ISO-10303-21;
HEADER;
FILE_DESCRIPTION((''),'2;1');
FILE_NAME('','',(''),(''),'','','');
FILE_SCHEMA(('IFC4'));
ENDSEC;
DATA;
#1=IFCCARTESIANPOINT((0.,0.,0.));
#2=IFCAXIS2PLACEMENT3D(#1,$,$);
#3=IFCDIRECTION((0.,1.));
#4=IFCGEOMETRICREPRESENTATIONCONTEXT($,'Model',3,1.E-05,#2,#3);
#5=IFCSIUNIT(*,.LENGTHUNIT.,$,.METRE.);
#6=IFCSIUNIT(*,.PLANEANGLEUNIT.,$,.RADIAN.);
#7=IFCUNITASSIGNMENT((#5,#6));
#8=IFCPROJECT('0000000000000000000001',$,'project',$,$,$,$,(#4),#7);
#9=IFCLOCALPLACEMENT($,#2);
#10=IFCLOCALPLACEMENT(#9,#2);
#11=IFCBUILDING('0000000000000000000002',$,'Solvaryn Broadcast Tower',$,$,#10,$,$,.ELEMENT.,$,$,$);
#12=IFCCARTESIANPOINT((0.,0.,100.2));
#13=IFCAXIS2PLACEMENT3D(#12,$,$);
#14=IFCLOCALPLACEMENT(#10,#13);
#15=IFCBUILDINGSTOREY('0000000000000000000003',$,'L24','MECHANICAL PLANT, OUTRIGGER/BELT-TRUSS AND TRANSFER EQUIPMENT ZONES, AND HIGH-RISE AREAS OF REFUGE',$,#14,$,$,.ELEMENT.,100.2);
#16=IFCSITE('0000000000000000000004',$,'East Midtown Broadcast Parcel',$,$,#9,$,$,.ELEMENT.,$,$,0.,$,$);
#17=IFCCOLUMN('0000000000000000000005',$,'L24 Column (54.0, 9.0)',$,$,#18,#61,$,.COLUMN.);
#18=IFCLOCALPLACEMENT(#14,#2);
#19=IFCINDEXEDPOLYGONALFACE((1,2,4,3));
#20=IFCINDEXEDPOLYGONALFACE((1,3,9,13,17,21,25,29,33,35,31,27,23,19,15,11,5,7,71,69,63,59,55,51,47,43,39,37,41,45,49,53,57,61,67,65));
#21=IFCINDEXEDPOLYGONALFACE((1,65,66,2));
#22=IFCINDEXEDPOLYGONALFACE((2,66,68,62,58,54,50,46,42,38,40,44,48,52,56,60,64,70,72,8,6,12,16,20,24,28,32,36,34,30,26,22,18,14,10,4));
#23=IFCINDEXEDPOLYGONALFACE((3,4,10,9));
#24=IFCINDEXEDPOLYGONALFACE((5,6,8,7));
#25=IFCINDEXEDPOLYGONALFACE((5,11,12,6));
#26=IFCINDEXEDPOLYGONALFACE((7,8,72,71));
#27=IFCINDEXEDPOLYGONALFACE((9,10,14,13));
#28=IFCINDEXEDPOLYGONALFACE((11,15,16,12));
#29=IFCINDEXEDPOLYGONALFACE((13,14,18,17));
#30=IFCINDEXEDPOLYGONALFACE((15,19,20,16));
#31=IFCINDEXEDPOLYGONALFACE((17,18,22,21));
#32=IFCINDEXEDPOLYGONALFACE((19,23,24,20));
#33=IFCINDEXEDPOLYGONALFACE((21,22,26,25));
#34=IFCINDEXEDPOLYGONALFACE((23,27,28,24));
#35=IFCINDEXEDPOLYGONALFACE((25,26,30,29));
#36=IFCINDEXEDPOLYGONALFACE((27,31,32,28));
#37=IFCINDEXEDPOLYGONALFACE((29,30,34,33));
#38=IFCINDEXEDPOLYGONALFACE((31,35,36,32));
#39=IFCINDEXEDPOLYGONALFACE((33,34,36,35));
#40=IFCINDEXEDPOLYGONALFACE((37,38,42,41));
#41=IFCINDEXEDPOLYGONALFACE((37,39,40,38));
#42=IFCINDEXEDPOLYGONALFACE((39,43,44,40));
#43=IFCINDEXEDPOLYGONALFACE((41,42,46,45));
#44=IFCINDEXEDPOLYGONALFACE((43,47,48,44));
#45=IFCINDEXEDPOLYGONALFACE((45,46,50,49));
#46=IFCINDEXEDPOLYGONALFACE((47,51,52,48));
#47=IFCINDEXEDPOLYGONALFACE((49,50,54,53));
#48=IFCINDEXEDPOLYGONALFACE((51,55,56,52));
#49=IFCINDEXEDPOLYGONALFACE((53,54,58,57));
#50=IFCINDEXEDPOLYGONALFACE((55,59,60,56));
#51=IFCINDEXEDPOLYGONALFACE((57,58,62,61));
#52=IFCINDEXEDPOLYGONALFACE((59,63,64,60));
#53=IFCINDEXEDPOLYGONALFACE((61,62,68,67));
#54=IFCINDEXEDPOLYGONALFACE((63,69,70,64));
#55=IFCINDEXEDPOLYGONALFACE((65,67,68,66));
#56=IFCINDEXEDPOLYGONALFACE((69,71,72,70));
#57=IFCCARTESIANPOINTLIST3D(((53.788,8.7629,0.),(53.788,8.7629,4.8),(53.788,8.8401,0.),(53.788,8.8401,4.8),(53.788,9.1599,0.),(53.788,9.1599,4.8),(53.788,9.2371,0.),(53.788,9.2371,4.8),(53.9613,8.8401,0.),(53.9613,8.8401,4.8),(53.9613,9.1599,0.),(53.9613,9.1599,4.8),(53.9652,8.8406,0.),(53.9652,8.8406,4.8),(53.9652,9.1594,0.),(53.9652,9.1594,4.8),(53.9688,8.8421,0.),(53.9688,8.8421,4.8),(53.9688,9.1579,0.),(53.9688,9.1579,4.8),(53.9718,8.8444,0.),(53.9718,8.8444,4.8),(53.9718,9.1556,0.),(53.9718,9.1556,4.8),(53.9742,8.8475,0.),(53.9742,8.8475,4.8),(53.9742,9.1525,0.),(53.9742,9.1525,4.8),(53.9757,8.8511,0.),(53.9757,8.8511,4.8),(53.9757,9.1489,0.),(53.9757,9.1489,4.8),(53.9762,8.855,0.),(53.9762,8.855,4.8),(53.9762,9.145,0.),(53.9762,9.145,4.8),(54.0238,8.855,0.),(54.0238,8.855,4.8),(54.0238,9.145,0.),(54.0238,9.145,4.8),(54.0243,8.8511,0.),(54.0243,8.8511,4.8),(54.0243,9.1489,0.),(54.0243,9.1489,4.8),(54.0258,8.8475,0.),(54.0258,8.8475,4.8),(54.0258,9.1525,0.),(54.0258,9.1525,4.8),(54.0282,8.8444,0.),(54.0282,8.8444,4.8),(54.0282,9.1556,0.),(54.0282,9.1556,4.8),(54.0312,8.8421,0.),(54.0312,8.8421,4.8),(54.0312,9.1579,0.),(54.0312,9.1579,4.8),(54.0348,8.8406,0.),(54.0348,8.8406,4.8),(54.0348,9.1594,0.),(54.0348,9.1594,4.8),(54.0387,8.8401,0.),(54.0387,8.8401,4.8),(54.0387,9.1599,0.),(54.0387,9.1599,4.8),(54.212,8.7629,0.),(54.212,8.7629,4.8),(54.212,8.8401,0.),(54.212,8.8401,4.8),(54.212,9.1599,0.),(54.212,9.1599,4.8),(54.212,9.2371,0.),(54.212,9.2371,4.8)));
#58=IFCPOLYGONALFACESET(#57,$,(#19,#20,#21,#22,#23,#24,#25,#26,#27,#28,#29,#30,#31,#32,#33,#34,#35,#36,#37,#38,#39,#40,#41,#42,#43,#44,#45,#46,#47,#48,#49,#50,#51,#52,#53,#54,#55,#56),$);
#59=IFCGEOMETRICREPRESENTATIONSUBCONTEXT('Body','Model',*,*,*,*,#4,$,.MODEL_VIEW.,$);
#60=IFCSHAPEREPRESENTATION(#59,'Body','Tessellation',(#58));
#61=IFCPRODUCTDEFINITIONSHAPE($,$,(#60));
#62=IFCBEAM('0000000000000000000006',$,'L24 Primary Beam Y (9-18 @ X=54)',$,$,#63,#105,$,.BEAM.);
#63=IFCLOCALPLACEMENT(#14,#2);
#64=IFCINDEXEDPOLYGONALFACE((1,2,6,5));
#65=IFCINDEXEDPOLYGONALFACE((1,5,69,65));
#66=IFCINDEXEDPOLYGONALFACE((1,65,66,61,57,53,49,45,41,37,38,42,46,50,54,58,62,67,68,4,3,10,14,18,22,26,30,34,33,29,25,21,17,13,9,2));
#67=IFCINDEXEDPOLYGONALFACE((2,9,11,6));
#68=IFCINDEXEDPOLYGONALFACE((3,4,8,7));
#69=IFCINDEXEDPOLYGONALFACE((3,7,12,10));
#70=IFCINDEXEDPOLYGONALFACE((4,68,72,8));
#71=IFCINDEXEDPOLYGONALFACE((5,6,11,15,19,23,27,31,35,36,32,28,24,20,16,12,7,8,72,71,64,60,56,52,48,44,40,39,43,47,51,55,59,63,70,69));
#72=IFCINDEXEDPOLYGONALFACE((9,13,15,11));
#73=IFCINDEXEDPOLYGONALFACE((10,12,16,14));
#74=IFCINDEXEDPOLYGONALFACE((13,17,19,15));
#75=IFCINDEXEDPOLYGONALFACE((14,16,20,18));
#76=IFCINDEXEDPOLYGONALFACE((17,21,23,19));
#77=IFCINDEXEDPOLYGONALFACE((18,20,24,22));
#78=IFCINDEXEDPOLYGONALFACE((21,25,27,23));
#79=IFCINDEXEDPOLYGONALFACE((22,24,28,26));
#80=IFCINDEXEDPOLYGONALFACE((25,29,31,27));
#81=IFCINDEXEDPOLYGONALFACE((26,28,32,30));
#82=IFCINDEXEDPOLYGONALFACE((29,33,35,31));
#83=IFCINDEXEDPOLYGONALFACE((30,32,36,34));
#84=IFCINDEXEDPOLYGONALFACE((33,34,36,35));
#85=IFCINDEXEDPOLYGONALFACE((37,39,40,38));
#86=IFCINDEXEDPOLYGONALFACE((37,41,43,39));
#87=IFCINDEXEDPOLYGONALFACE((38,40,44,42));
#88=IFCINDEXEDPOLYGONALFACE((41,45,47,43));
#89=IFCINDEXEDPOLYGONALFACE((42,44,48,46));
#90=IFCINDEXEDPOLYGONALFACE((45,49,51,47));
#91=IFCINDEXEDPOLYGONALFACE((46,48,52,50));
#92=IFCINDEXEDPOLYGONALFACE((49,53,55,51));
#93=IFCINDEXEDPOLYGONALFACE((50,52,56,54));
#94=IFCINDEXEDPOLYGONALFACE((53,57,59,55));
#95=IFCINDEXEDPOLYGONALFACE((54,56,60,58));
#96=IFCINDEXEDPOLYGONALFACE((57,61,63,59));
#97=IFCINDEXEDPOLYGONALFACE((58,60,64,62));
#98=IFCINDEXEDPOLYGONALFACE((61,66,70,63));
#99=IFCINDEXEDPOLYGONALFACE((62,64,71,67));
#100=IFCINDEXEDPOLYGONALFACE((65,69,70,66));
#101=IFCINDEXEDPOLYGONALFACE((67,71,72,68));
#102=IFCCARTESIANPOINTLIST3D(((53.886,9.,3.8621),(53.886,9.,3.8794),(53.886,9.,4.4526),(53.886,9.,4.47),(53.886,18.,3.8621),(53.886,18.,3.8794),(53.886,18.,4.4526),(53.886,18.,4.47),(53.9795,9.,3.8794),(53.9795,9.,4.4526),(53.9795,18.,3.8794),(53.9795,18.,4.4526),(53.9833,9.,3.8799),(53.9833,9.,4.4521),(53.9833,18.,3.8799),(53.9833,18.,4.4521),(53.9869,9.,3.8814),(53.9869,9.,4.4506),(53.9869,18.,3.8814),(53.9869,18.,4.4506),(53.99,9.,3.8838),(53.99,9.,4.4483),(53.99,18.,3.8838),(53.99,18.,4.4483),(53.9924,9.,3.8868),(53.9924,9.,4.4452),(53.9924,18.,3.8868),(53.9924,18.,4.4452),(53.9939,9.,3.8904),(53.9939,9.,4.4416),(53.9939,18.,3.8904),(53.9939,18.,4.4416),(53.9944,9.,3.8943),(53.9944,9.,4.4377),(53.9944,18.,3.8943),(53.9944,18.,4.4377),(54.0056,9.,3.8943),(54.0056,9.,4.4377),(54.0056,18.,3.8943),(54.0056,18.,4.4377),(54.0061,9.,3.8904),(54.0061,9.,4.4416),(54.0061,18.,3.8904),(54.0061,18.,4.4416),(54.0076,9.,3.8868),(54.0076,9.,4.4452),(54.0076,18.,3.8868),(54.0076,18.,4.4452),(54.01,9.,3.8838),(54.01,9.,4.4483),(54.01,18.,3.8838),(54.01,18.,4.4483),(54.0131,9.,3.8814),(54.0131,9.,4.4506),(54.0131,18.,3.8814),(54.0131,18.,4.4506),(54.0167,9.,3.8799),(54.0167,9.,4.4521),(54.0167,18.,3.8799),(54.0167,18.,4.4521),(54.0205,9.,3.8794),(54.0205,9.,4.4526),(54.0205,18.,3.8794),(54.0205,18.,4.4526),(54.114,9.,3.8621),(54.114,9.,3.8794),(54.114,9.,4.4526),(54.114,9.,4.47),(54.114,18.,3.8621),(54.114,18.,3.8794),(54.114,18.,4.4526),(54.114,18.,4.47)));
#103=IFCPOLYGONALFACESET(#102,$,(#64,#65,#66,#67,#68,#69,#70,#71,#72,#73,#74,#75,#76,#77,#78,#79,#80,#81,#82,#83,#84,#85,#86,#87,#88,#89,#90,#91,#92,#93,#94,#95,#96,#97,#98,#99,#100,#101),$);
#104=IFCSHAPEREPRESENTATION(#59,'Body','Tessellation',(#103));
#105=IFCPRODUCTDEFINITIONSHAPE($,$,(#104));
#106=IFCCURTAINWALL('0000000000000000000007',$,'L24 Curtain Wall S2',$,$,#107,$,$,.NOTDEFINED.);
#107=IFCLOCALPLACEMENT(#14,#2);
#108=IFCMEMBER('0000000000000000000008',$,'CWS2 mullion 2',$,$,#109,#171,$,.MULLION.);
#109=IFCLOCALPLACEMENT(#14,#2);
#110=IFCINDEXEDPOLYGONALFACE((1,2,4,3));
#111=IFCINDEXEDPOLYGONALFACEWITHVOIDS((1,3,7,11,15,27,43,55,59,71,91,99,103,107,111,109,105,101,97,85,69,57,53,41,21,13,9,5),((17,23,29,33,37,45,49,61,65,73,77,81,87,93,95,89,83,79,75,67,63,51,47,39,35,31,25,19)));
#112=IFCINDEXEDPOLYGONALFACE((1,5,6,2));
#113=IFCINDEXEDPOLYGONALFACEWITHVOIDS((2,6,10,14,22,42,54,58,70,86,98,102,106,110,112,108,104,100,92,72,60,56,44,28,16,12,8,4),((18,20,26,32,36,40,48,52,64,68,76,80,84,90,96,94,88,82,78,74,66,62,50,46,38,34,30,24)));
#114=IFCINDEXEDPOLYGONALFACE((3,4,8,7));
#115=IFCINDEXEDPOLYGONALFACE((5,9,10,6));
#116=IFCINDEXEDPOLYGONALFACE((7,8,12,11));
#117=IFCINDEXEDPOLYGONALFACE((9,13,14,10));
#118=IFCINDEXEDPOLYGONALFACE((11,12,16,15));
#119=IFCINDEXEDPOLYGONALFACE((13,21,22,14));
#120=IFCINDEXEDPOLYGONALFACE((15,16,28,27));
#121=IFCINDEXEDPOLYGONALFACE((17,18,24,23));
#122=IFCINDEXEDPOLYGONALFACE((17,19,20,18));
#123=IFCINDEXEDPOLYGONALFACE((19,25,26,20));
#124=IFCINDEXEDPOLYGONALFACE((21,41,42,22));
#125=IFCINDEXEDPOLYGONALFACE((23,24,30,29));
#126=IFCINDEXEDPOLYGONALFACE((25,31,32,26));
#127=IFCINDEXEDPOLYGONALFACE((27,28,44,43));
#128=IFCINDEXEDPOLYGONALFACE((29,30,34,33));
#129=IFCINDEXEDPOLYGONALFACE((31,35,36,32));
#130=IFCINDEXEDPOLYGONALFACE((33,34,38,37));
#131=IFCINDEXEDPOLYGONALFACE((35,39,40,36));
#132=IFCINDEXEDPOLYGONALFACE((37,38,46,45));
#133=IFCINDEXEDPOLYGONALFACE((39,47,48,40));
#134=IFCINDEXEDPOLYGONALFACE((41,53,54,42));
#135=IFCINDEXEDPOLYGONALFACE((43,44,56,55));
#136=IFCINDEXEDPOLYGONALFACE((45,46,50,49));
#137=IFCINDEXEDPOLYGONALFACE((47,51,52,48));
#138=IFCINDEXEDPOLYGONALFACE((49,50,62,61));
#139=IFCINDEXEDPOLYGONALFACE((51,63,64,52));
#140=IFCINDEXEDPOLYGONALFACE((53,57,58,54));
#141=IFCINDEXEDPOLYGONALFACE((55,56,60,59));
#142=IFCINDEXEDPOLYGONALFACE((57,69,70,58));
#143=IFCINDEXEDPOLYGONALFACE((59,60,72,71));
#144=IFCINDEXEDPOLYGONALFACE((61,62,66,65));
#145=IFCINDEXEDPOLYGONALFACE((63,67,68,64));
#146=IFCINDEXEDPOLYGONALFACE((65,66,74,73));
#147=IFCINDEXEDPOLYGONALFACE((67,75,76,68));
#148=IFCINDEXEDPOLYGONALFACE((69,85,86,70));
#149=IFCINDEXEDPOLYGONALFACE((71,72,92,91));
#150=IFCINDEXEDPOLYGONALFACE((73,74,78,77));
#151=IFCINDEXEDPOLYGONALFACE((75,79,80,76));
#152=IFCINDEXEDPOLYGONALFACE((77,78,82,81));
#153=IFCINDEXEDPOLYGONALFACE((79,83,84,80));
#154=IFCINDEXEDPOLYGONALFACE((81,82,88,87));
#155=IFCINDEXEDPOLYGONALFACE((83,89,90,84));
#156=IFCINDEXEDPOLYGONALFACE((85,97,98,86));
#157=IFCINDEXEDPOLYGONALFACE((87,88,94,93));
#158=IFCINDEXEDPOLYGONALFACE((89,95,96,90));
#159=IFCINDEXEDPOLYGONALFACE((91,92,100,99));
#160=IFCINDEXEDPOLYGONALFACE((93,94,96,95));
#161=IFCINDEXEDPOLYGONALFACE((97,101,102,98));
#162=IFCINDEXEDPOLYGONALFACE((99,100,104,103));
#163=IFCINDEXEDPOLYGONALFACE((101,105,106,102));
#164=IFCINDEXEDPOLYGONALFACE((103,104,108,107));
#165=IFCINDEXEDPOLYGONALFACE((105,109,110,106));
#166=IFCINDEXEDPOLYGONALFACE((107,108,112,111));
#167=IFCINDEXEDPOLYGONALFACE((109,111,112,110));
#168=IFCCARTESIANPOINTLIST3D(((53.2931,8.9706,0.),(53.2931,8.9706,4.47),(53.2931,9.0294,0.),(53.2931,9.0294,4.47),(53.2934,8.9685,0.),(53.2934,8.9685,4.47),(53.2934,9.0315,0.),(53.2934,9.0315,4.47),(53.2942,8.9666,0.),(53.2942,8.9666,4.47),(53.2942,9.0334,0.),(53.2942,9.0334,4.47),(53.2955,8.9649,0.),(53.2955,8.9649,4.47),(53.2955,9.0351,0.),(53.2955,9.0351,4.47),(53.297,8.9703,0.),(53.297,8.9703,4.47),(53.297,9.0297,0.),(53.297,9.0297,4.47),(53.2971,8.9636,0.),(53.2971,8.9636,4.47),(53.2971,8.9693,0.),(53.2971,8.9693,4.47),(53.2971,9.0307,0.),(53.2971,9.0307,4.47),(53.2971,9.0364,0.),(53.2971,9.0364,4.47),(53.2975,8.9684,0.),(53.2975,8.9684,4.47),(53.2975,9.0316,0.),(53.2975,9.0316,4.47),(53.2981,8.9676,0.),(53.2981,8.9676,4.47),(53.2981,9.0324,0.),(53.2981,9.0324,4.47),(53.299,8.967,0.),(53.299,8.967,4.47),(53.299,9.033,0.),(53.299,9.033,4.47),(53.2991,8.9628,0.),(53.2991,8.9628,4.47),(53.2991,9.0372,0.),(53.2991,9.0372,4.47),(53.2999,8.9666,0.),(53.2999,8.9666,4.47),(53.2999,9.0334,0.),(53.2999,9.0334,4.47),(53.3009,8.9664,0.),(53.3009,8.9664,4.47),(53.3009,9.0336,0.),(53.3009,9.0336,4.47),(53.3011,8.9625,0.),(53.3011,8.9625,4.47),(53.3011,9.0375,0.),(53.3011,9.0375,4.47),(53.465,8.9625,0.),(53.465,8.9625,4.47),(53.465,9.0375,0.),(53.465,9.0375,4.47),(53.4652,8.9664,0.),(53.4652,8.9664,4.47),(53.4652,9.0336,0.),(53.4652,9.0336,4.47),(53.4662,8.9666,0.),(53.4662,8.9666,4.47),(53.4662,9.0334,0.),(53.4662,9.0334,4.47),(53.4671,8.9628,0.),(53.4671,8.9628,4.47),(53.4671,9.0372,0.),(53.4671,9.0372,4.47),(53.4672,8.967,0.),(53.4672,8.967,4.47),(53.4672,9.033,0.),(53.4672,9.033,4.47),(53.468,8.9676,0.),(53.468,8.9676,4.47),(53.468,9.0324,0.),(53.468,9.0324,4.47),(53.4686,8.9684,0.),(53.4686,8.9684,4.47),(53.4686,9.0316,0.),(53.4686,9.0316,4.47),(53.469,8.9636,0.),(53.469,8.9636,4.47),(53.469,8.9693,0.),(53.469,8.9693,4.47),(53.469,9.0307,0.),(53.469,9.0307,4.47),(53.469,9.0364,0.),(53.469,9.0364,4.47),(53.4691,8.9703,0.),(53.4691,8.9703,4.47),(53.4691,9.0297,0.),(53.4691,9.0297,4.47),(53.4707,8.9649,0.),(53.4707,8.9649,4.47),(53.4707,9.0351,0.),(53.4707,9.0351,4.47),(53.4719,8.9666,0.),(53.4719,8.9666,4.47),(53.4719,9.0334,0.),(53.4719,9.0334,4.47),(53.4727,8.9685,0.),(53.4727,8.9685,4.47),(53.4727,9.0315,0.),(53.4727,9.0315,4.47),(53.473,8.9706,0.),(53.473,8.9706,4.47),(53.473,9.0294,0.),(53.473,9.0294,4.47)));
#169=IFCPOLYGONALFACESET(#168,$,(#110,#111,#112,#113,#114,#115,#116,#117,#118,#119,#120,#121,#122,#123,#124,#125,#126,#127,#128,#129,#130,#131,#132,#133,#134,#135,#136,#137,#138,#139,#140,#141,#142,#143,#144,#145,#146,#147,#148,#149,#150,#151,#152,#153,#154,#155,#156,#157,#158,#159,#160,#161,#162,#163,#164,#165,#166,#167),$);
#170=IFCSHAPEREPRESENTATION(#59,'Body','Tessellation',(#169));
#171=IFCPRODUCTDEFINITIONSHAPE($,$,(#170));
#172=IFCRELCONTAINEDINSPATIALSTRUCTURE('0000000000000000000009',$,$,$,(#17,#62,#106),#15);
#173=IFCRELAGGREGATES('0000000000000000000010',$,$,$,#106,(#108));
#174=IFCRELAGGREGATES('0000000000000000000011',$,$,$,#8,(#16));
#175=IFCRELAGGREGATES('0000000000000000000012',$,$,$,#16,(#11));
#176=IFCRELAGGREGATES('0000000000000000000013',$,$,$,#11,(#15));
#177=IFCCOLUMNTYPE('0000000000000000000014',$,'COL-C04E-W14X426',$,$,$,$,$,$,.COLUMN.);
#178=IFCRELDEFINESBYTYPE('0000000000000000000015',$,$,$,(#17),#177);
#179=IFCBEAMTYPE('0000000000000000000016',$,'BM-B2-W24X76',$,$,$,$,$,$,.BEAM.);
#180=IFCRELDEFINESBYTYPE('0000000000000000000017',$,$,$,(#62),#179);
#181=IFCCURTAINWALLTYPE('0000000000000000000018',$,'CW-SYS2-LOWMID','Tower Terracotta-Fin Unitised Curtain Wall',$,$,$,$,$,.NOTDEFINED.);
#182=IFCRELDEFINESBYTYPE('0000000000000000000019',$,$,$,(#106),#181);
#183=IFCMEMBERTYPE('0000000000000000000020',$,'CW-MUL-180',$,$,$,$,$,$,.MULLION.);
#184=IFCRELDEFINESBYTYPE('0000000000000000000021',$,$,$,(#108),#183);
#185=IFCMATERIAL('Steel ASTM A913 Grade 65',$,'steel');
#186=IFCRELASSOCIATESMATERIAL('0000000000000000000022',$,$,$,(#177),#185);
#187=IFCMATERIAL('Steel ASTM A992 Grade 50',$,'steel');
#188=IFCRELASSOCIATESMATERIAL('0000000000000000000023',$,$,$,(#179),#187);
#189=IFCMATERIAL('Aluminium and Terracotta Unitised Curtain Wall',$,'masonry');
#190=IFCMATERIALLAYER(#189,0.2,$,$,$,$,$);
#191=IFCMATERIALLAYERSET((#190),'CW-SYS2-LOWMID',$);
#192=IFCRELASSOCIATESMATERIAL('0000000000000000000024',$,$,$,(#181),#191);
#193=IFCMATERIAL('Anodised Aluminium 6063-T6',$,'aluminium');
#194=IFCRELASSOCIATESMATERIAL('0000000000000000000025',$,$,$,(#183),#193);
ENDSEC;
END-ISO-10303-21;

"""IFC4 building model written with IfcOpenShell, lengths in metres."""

from ifc_helpers import new_model, si_unit, direction, frame, origin, origin_2d, place, context, subcontext, project, spatial, hollow_rectangle, i_section, extrude, material, layer, layer_set, material_profile, profile_set, type_object, element, aggregate, save


model = new_model("IFC4")

# Units and contexts
model_context = context("Model", 3, precision=1e-05, world=origin(), true_north=direction((0.0, 1.0)))
body_context = subcontext(model_context, "Body", "Model", "MODEL_VIEW")
ifc_project = project(units=[si_unit("LENGTHUNIT", "METRE"), si_unit("PLANEANGLEUNIT", "RADIAN")], contexts=[model_context])

# Site, building, storey
site_placement = place(None, origin())
site = spatial("IfcSite", under=ifc_project, at=site_placement, Name="East Midtown Broadcast Parcel", CompositionType="ELEMENT", RefElevation=0.0)
building_placement = place(site_placement, origin())
building = spatial("IfcBuilding", under=site, at=building_placement, Name="Solvaryn Broadcast Tower", CompositionType="ELEMENT")
storey_placement = place(building_placement, frame((0.0, 0.0, 100.2)))
storey = spatial("IfcBuildingStorey", under=building, at=storey_placement, Name="L24", Description="MECHANICAL PLANT, OUTRIGGER/BELT-TRUSS AND TRANSFER EQUIPMENT ZONES, AND HIGH-RISE AREAS OF REFUGE", CompositionType="ELEMENT", Elevation=100.2)

# Column
ifc_material_1 = material(Name="Steel ASTM A913 Grade 65", Category="steel")
ifc_material_profile_1 = material_profile(ifc_material_1, i_section(OverallWidth=0.4241, OverallDepth=0.4741, WebThickness=0.0476, FlangeThickness=0.0771, FilletRadius=0.0149, at=origin_2d()))
ifc_profile_set_1 = profile_set([ifc_material_profile_1], Name="Steel ASTM A913 Grade 65")
column_type = type_object("IfcColumnType", Name="COL-C04E-W14X426", PredefinedType="COLUMN", material=ifc_profile_set_1)
column_placement = place(storey_placement, frame((54.0, 9.0, 0.0), z_axis=(0.0, 0.0, 1.0), x_axis=(1.0, 0.0, 0.0)))
element("IfcColumn", 1, at=column_placement, inside=storey, type_object=column_type, Name="L24 Column (54.0, 9.0)", PredefinedType="COLUMN", context=body_context, shape_type="SweptSolid", body=[
    extrude(i_section(OverallWidth=0.4241, OverallDepth=0.4741, WebThickness=0.0476, FlangeThickness=0.0771, FilletRadius=0.0149, at=origin_2d()), origin(), (0.0, 0.0, 1.0), 4.8),
])

# Beam
ifc_material_2 = material(Name="Steel ASTM A992 Grade 50", Category="steel")
ifc_material_profile_2 = material_profile(ifc_material_2, i_section(OverallWidth=0.228, OverallDepth=0.6079, WebThickness=0.0112, FlangeThickness=0.0173, FilletRadius=0.0149, at=origin_2d()))
ifc_profile_set_2 = profile_set([ifc_material_profile_2], Name="Steel ASTM A992 Grade 50")
beam_type = type_object("IfcBeamType", Name="BM-B2-W24X76", PredefinedType="BEAM", material=ifc_profile_set_2)
beam_placement = place(storey_placement, frame((54.0, 9.0, 4.166), z_axis=(0.0, 1.0, 0.0), x_axis=(-1.0, 0.0, 0.0)))
element("IfcBeam", 2, at=beam_placement, inside=storey, type_object=beam_type, Name="L24 Primary Beam Y (9-18 @ X=54)", PredefinedType="BEAM", context=body_context, shape_type="SweptSolid", body=[
    extrude(i_section(OverallWidth=0.228, OverallDepth=0.6079, WebThickness=0.0112, FlangeThickness=0.0173, FilletRadius=0.0149, at=origin_2d()), origin(), (0.0, 0.0, 1.0), 9.0),
])

# Curtain wall, member
ifc_material_3 = material(Name="Aluminium and Terracotta Unitised Curtain Wall", Category="masonry")
ifc_layer_1 = layer(ifc_material_3, 0.2)
ifc_layer_set_1 = layer_set([ifc_layer_1], Name="CW-SYS2-LOWMID")
curtain_wall_type = type_object("IfcCurtainWallType", Name="CW-SYS2-LOWMID", Description="Tower Terracotta-Fin Unitised Curtain Wall", PredefinedType="NOTDEFINED", material=ifc_layer_set_1)
curtain_wall_1_placement = place(storey_placement, origin())
curtain_wall_1 = element("IfcCurtainWall", 3, at=curtain_wall_1_placement, inside=storey, type_object=curtain_wall_type, Name="L24 Curtain Wall S2", PredefinedType="NOTDEFINED")
ifc_material_4 = material(Name="Anodised Aluminium 6063-T6", Category="aluminium")
ifc_material_profile_3 = material_profile(ifc_material_4, hollow_rectangle(XDim=0.075, YDim=0.1799, WallThickness=0.0039, InnerFilletRadius=0.0039, OuterFilletRadius=0.0081, at=origin_2d()))
ifc_profile_set_3 = profile_set([ifc_material_profile_3], Name="Anodised Aluminium 6063-T6")
member_type_1 = type_object("IfcMemberType", Name="CW-MUL-180", PredefinedType="MULLION", material=ifc_profile_set_3)
member_1_placement = place(storey_placement, frame((53.3831, 9.0, 0.0), z_axis=(0.0, 0.0, 1.0), x_axis=(0.0, 1.0, 0.0)))
member_1 = element("IfcMember", 4, at=member_1_placement, type_object=member_type_1, Name="CWS2 mullion 2", PredefinedType="MULLION", context=body_context, shape_type="SweptSolid", body=[
    extrude(hollow_rectangle(XDim=0.075, YDim=0.1799, WallThickness=0.0039, InnerFilletRadius=0.0039, OuterFilletRadius=0.0081, at=origin_2d()), origin(), (0.0, 0.0, 1.0), 4.47),
])

aggregate(curtain_wall_1, [member_1])

save(model, "model.ifc")
